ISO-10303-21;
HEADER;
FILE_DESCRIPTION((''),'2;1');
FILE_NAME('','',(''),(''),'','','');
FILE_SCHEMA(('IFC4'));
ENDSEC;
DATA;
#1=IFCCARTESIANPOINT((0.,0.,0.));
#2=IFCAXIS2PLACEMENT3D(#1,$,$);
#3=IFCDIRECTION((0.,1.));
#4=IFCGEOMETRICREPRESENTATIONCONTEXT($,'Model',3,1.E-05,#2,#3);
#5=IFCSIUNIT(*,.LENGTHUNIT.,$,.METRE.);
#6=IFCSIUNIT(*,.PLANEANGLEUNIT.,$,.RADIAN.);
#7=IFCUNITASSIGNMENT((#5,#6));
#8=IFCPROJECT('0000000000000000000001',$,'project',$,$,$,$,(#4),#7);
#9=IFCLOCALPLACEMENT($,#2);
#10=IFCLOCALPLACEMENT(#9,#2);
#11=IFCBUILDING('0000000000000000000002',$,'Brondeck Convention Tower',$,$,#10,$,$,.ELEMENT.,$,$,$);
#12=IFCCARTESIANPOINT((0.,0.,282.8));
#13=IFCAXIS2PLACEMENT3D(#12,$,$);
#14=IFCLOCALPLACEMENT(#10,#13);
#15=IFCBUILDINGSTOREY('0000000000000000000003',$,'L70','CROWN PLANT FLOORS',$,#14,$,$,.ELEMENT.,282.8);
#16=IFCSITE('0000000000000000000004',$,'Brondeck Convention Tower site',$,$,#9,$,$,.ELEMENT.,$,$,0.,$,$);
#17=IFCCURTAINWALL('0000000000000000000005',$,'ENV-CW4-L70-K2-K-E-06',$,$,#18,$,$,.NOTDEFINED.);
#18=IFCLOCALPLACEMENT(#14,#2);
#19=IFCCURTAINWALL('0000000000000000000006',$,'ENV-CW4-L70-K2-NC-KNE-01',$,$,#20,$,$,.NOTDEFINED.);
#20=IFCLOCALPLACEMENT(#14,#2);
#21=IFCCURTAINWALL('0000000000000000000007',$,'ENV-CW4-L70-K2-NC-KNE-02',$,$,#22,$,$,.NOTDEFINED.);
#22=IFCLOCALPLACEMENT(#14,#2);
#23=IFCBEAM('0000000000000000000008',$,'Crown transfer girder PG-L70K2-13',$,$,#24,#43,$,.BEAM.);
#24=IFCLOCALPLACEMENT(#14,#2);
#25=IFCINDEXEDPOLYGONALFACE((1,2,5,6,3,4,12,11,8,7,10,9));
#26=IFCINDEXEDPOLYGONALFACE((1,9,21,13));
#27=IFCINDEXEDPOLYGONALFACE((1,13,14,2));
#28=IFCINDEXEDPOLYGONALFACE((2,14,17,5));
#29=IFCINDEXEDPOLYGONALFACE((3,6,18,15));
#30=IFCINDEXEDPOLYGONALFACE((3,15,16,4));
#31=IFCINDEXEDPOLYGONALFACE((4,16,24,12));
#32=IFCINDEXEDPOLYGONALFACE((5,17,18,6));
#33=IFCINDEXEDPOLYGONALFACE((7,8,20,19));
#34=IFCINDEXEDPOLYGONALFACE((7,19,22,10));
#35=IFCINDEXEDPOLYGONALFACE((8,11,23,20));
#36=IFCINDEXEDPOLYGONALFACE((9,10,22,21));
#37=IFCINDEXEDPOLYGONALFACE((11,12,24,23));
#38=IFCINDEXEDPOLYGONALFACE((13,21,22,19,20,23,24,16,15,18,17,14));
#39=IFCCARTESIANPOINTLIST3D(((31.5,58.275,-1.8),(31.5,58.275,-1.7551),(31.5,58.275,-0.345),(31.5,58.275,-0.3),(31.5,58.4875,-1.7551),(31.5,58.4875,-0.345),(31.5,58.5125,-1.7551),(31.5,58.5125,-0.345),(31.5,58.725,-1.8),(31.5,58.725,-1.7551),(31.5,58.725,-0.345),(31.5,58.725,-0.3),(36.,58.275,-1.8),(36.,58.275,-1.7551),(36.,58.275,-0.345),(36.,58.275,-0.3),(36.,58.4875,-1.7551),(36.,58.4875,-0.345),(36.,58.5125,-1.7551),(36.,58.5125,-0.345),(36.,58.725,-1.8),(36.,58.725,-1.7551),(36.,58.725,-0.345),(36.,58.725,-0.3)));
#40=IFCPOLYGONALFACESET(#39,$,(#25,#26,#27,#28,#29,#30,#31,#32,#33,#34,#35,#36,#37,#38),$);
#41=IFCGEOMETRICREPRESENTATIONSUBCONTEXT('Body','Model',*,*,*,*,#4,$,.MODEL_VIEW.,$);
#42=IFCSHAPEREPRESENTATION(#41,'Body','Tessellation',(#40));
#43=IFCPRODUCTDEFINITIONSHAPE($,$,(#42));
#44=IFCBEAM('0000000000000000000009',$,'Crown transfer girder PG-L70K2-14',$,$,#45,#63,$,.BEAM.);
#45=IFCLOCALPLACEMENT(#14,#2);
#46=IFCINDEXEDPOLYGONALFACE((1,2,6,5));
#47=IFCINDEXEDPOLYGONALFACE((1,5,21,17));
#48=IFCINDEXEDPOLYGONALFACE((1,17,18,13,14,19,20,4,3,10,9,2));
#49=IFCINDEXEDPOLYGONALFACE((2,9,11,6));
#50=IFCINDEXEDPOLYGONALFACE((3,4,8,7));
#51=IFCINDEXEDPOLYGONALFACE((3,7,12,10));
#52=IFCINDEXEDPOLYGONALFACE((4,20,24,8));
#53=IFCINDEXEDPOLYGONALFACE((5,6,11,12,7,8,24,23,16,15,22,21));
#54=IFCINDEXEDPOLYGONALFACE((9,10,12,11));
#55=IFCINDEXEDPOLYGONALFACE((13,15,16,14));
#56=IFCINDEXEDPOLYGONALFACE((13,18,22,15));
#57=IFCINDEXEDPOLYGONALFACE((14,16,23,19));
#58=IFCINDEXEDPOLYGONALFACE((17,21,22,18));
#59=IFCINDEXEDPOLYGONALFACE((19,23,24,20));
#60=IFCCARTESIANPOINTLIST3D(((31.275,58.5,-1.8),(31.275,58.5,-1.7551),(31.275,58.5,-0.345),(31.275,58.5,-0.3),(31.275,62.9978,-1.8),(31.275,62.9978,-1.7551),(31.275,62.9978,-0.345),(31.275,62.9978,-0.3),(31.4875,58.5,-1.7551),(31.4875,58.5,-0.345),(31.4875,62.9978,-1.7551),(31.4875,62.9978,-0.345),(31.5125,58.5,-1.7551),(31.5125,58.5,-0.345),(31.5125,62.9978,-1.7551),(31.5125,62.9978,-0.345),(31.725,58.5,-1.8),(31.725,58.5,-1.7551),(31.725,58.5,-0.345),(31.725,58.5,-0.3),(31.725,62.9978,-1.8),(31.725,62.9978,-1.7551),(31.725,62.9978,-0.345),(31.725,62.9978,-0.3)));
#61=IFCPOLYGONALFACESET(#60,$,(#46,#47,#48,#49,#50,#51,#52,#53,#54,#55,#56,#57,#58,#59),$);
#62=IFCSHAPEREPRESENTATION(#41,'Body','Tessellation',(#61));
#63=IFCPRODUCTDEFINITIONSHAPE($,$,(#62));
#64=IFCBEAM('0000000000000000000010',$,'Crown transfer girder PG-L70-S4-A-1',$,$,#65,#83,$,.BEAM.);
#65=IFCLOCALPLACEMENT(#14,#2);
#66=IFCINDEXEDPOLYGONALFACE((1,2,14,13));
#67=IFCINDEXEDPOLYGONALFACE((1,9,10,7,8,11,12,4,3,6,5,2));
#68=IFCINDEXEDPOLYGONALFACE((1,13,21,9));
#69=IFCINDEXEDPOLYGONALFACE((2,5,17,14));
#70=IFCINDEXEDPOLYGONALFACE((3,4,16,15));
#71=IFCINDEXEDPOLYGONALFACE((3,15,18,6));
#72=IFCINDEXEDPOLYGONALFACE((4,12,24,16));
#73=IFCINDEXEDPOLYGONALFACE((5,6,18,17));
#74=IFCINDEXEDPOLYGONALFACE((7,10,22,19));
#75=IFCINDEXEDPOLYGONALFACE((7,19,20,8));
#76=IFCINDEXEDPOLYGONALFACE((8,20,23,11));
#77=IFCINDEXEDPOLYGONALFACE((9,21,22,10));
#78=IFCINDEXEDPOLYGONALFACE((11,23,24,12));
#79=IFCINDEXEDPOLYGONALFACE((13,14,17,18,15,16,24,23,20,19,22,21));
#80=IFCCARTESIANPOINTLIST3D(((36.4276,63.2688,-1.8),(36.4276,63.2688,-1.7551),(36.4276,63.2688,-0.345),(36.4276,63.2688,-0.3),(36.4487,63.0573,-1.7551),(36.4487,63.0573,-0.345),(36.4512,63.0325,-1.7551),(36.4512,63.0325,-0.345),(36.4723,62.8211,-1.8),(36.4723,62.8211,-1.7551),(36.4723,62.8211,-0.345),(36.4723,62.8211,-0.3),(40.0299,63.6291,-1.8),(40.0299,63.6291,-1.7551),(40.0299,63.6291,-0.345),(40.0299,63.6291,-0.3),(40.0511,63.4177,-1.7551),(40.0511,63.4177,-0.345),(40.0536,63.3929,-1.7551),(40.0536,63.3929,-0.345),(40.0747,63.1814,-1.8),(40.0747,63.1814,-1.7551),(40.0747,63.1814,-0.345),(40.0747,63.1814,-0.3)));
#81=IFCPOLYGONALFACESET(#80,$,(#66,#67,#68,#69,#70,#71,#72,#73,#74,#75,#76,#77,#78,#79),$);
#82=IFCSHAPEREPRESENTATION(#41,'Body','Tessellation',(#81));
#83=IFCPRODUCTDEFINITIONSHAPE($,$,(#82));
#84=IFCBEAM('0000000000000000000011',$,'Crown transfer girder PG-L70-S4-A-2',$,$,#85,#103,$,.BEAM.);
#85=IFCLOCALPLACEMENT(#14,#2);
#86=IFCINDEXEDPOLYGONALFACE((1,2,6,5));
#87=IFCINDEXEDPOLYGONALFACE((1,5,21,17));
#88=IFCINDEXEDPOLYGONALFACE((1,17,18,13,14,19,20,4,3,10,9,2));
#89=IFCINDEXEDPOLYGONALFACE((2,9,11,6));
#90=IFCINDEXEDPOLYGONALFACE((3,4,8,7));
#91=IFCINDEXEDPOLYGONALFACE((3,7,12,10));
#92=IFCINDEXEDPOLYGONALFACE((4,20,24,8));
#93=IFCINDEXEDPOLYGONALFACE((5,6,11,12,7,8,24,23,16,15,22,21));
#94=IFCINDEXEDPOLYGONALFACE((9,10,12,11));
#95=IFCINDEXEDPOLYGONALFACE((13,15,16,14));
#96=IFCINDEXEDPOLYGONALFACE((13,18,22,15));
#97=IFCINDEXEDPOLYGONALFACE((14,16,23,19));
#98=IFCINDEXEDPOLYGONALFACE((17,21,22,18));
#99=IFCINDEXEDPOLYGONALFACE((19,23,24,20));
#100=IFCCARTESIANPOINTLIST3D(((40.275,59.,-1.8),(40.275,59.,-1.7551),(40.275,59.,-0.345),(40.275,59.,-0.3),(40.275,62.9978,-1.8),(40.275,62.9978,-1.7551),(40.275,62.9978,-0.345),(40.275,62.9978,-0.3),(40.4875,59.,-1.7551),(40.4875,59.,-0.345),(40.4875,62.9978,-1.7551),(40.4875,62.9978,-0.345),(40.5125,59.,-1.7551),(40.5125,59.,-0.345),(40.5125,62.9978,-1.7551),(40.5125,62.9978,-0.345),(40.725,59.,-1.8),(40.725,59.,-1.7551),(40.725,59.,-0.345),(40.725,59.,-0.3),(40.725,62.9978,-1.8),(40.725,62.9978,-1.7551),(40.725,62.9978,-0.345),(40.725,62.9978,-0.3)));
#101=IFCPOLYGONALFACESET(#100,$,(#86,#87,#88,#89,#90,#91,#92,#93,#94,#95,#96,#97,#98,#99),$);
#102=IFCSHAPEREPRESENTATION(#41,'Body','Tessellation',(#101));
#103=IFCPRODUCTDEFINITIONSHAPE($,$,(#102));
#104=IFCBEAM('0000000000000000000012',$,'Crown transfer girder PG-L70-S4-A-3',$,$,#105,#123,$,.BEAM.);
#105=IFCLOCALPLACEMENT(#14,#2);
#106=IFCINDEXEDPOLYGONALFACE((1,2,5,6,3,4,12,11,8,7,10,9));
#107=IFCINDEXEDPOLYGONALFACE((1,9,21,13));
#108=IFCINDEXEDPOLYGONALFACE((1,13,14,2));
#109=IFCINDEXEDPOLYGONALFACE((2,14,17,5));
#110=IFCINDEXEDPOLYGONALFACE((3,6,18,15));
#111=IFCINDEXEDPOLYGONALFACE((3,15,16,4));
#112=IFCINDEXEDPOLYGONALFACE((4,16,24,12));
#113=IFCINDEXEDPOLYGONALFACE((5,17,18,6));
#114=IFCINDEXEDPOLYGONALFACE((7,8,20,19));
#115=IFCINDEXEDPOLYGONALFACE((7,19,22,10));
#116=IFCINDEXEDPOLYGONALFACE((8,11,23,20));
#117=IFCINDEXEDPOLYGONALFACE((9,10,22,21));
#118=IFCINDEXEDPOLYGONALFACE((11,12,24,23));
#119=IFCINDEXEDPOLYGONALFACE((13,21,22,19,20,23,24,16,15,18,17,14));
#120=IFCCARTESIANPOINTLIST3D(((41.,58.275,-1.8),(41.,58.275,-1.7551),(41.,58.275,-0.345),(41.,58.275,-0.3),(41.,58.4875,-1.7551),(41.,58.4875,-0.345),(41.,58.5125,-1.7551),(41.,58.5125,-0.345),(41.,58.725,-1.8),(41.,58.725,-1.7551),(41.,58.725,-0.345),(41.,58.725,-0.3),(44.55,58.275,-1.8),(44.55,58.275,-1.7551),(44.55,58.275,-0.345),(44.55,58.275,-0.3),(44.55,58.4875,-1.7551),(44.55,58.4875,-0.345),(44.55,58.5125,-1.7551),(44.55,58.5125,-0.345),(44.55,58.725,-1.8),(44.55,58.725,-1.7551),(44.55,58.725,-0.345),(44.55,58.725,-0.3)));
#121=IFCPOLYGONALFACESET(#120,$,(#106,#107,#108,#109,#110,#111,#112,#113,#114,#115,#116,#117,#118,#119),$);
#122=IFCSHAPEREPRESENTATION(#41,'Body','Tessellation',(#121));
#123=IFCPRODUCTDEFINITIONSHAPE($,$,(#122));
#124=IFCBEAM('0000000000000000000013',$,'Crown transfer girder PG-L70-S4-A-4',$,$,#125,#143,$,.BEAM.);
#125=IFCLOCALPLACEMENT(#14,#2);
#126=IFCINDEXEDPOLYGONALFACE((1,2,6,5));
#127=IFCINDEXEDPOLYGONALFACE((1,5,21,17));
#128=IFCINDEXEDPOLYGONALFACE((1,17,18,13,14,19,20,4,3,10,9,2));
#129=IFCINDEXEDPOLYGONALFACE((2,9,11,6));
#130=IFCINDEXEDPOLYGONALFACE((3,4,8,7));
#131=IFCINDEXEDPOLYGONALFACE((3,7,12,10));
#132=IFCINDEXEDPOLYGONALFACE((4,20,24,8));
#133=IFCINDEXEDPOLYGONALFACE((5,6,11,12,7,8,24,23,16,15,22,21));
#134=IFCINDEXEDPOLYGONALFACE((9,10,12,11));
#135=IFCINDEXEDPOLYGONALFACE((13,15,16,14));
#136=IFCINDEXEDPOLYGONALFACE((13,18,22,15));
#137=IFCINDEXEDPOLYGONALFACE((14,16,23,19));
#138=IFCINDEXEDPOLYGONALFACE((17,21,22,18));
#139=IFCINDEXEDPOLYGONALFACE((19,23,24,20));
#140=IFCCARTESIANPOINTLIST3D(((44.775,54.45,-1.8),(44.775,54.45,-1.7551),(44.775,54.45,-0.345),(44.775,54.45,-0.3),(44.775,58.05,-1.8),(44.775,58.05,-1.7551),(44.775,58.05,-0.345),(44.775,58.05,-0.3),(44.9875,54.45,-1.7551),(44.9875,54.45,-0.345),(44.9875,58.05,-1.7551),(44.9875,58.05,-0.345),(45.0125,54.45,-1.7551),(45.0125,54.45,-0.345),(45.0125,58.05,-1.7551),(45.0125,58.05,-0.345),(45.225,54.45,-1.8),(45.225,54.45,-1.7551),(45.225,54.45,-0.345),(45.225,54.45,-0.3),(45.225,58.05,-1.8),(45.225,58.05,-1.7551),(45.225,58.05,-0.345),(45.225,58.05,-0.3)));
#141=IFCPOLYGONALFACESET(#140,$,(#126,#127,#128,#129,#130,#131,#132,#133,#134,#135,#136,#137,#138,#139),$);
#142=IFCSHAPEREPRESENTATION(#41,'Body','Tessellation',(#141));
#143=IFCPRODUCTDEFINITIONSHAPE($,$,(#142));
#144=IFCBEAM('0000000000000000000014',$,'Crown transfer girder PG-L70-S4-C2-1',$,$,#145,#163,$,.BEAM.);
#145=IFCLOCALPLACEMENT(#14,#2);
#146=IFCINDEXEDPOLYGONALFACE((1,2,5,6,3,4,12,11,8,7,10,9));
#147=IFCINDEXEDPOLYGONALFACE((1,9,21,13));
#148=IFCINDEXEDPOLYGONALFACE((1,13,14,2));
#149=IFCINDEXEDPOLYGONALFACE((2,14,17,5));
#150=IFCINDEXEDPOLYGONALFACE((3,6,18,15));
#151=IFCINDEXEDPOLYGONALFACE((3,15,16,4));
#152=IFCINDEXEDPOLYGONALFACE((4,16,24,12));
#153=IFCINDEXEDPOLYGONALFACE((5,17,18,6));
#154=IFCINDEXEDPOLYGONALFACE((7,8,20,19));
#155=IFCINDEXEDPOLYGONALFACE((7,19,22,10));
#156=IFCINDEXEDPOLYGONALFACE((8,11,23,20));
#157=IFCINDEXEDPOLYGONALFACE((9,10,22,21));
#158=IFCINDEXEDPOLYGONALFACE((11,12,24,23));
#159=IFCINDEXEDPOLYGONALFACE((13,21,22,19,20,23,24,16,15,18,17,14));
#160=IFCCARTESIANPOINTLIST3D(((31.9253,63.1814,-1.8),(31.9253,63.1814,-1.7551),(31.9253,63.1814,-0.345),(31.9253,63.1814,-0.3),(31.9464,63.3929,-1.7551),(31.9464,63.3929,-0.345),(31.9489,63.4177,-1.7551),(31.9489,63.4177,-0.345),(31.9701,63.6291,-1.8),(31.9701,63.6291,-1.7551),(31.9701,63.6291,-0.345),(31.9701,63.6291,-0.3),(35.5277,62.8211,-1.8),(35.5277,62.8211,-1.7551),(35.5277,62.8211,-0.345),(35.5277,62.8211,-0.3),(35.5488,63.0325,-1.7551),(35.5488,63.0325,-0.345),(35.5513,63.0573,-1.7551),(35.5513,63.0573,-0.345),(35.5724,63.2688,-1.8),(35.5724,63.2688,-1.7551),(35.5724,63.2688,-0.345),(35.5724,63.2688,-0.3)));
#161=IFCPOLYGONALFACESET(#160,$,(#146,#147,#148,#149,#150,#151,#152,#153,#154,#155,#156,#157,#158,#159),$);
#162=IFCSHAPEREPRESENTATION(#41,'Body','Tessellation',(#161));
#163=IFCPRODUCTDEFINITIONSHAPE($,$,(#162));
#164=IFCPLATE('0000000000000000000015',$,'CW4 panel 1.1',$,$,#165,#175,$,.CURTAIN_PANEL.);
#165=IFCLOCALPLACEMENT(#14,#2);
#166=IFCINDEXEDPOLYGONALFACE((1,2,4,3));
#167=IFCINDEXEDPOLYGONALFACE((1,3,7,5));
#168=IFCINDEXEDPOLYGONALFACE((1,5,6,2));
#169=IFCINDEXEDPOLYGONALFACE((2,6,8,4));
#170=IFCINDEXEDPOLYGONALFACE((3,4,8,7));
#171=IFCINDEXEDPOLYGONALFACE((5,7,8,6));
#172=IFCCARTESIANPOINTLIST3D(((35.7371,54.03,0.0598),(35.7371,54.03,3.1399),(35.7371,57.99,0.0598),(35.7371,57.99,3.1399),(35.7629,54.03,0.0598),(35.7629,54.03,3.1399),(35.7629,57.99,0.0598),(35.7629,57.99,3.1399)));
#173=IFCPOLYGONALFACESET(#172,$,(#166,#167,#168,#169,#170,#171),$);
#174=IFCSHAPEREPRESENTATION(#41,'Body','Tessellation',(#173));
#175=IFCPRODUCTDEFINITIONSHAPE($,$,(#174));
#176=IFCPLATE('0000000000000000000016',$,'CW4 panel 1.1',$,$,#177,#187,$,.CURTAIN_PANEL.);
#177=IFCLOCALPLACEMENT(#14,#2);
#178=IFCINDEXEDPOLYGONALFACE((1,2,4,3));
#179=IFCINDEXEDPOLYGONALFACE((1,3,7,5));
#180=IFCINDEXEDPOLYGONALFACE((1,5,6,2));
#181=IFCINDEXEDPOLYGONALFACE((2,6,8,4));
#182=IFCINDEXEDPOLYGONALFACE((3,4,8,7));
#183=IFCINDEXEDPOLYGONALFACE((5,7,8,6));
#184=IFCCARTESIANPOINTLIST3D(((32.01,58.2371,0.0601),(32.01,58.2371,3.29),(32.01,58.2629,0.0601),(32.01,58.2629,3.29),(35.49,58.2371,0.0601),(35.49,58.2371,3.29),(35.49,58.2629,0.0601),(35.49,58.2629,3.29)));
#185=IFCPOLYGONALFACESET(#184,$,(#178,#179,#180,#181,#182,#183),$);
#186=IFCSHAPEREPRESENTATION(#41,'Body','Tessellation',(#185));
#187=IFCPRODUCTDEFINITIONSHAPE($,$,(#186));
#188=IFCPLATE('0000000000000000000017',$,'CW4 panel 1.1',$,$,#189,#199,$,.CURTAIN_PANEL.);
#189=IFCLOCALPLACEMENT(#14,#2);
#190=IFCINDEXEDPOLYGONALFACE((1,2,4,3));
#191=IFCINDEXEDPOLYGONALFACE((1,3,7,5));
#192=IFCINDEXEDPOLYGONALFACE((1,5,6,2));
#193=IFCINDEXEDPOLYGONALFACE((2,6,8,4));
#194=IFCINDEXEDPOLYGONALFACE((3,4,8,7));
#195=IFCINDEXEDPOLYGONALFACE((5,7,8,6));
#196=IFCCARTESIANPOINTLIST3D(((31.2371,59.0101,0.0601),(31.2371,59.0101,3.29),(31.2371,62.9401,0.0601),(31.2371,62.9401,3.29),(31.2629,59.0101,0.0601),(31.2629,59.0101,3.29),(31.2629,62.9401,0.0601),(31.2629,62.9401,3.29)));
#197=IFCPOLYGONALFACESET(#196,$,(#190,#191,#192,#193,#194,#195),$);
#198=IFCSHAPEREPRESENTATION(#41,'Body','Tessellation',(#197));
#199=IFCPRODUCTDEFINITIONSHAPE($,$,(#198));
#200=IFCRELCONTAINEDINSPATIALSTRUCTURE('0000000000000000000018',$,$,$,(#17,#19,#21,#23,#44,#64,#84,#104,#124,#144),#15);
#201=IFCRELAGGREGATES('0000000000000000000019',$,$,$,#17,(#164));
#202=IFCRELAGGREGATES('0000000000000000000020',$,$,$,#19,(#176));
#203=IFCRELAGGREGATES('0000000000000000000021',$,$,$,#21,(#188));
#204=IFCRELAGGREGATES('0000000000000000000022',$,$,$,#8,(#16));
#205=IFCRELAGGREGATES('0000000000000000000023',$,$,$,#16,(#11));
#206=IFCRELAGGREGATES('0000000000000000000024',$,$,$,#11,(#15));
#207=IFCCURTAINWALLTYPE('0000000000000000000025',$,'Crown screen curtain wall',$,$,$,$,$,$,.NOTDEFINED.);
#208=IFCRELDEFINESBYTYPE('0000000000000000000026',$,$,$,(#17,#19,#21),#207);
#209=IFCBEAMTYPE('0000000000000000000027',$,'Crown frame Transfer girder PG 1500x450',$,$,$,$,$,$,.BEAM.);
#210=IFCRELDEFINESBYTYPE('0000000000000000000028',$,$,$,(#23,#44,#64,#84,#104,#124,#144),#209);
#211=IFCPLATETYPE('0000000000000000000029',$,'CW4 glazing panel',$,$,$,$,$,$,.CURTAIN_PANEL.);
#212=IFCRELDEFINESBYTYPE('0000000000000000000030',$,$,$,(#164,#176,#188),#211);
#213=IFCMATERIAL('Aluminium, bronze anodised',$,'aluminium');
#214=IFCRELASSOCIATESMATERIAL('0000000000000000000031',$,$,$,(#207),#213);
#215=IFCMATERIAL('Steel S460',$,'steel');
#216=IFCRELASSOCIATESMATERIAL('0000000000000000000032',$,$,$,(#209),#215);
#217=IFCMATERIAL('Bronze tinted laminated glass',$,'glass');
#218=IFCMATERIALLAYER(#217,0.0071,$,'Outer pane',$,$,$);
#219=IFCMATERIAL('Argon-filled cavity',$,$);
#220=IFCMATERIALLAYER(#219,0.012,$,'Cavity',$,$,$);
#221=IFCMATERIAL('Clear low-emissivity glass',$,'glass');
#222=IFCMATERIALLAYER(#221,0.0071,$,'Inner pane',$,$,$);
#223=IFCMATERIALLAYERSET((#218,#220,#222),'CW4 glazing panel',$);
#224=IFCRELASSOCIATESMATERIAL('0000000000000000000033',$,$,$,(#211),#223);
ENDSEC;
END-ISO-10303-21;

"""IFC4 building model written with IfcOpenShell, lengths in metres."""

from ifc_helpers import new_model, si_unit, direction, frame, origin, origin_2d, place, context, subcontext, project, spatial, rectangle, i_section, extrude, material, layer, layer_set, material_profile, profile_set, type_object, element, aggregate, save


model = new_model("IFC4")

# Units and contexts
model_context = context("Model", 3, precision=1e-05, world=origin(), true_north=direction((0.0, 1.0)))
body_context = subcontext(model_context, "Body", "Model", "MODEL_VIEW")
ifc_project = project(units=[si_unit("LENGTHUNIT", "METRE"), si_unit("PLANEANGLEUNIT", "RADIAN")], contexts=[model_context])

# Site, building, storey
site_placement = place(None, origin())
site = spatial("IfcSite", under=ifc_project, at=site_placement, Name="Brondeck Convention Tower site", CompositionType="ELEMENT", RefElevation=0.0)
building_placement = place(site_placement, origin())
building = spatial("IfcBuilding", under=site, at=building_placement, Name="Brondeck Convention Tower", CompositionType="ELEMENT")
storey_placement = place(building_placement, frame((0.0, 0.0, 282.8)))
storey = spatial("IfcBuildingStorey", under=building, at=storey_placement, Name="L70", Description="CROWN PLANT FLOORS", CompositionType="ELEMENT", Elevation=282.8)

# Curtain walls
ifc_material_1 = material(Name="Aluminium, bronze anodised", Category="aluminium")
curtain_wall_type = type_object("IfcCurtainWallType", Name="Crown screen curtain wall", PredefinedType="NOTDEFINED", material=ifc_material_1)
curtain_wall_1_placement = place(storey_placement, origin())
curtain_wall_1 = element("IfcCurtainWall", 1, at=curtain_wall_1_placement, inside=storey, type_object=curtain_wall_type, Name="ENV-CW4-L70-K2-K-E-06", PredefinedType="NOTDEFINED")
curtain_wall_2_placement = place(storey_placement, origin())
curtain_wall_2 = element("IfcCurtainWall", 2, at=curtain_wall_2_placement, inside=storey, type_object=curtain_wall_type, Name="ENV-CW4-L70-K2-NC-KNE-01", PredefinedType="NOTDEFINED")

# Curtain wall
curtain_wall_3_placement = place(storey_placement, origin())
curtain_wall_3 = element("IfcCurtainWall", 3, at=curtain_wall_3_placement, inside=storey, type_object=curtain_wall_type, Name="ENV-CW4-L70-K2-NC-KNE-02", PredefinedType="NOTDEFINED")

# Beams
ifc_material_2 = material(Name="Steel S460", Category="steel")
ifc_material_profile_1 = material_profile(ifc_material_2, i_section(OverallWidth=0.45, OverallDepth=1.5, WebThickness=0.0249, FlangeThickness=0.0449, at=origin_2d()), Name="PG 1500x450")
ifc_profile_set_1 = profile_set([ifc_material_profile_1], Name="Steel S460")
beam_type = type_object("IfcBeamType", Name="Crown frame Transfer girder PG 1500x450", PredefinedType="BEAM", material=ifc_profile_set_1)
beam_1_placement = place(storey_placement, frame((36.0, 58.5, -1.05), z_axis=(-1.0, 0.0, 0.0), x_axis=(0.0, -1.0, 0.0)))
element("IfcBeam", 4, at=beam_1_placement, inside=storey, type_object=beam_type, Name="Crown transfer girder PG-L70K2-13", PredefinedType="BEAM", context=body_context, shape_type="SweptSolid", body=[
    extrude(i_section(OverallWidth=0.45, OverallDepth=1.5, WebThickness=0.0249, FlangeThickness=0.0449, at=origin_2d()), origin(), (0.0, 0.0, 1.0), 4.5),
])
beam_2_placement = place(storey_placement, frame((31.5, 58.5, -1.05), z_axis=(0.0, 1.0, 0.0), x_axis=(-1.0, 0.0, 0.0)))
element("IfcBeam", 5, at=beam_2_placement, inside=storey, type_object=beam_type, Name="Crown transfer girder PG-L70K2-14", PredefinedType="BEAM", context=body_context, shape_type="SweptSolid", body=[
    extrude(i_section(OverallWidth=0.45, OverallDepth=1.5, WebThickness=0.0249, FlangeThickness=0.0449, at=origin_2d()), origin(), (0.0, 0.0, 1.0), 4.4978),
])
beam_3_placement = place(storey_placement, frame((36.45, 63.0449, -1.05), z_axis=(0.995034, 0.099537, 0.0), x_axis=(-0.099537, 0.995034, 0.0)))
element("IfcBeam", 6, at=beam_3_placement, inside=storey, type_object=beam_type, Name="Crown transfer girder PG-L70-S4-A-1", PredefinedType="BEAM", context=body_context, shape_type="SweptSolid", body=[
    extrude(i_section(OverallWidth=0.45, OverallDepth=1.5, WebThickness=0.0249, FlangeThickness=0.0449, at=origin_2d()), origin(), (0.0, 0.0, 1.0), 3.6204),
])
beam_4_placement = place(storey_placement, frame((40.5, 62.9978, -1.05), z_axis=(0.0, -1.0, 0.0), x_axis=(1.0, 0.0, 0.0)))
element("IfcBeam", 7, at=beam_4_placement, inside=storey, type_object=beam_type, Name="Crown transfer girder PG-L70-S4-A-2", PredefinedType="BEAM", context=body_context, shape_type="SweptSolid", body=[
    extrude(i_section(OverallWidth=0.45, OverallDepth=1.5, WebThickness=0.0249, FlangeThickness=0.0449, at=origin_2d()), origin(), (0.0, 0.0, 1.0), 3.9978),
])
beam_5_placement = place(storey_placement, frame((41.0, 58.5, -1.05), z_axis=(1.0, 0.0, 0.0), x_axis=(0.0, 1.0, 0.0)))
element("IfcBeam", 8, at=beam_5_placement, inside=storey, type_object=beam_type, Name="Crown transfer girder PG-L70-S4-A-3", PredefinedType="BEAM", context=body_context, shape_type="SweptSolid", body=[
    extrude(i_section(OverallWidth=0.45, OverallDepth=1.5, WebThickness=0.0249, FlangeThickness=0.0449, at=origin_2d()), origin(), (0.0, 0.0, 1.0), 3.55),
])
beam_6_placement = place(storey_placement, frame((45.0, 58.05, -1.05), z_axis=(0.0, -1.0, 0.0), x_axis=(1.0, 0.0, 0.0)))
element("IfcBeam", 9, at=beam_6_placement, inside=storey, type_object=beam_type, Name="Crown transfer girder PG-L70-S4-A-4", PredefinedType="BEAM", context=body_context, shape_type="SweptSolid", body=[
    extrude(i_section(OverallWidth=0.45, OverallDepth=1.5, WebThickness=0.0249, FlangeThickness=0.0449, at=origin_2d()), origin(), (0.0, 0.0, 1.0), 3.6001),
])
beam_7_placement = place(storey_placement, frame((35.55, 63.0449, -1.05), z_axis=(-0.995034, 0.099537, 0.0), x_axis=(-0.099537, -0.995034, 0.0)))
element("IfcBeam", 10, at=beam_7_placement, inside=storey, type_object=beam_type, Name="Crown transfer girder PG-L70-S4-C2-1", PredefinedType="BEAM", context=body_context, shape_type="SweptSolid", body=[
    extrude(i_section(OverallWidth=0.45, OverallDepth=1.5, WebThickness=0.0249, FlangeThickness=0.0449, at=origin_2d()), origin(), (0.0, 0.0, 1.0), 3.6204),
])

# Plates
ifc_material_3 = material(Name="Bronze tinted laminated glass", Category="glass")
ifc_layer_1 = layer(ifc_material_3, 0.0071, Name="Outer pane")
ifc_material_4 = material(Name="Argon-filled cavity")
ifc_layer_2 = layer(ifc_material_4, 0.012, Name="Cavity")
ifc_material_5 = material(Name="Clear low-emissivity glass", Category="glass")
ifc_layer_3 = layer(ifc_material_5, 0.0071, Name="Inner pane")
ifc_layer_set_1 = layer_set([ifc_layer_1, ifc_layer_2, ifc_layer_3], Name="CW4 glazing panel")
plate_type = type_object("IfcPlateType", Name="CW4 glazing panel", PredefinedType="CURTAIN_PANEL", material=ifc_layer_set_1)
plate_1_placement = place(storey_placement, frame((35.75, 56.01, 0.0598), z_axis=(0.0, 0.0, 1.0), x_axis=(0.0, -1.0, 0.0)))
plate_1 = element("IfcPlate", 11, at=plate_1_placement, type_object=plate_type, Name="CW4 panel 1.1", PredefinedType="CURTAIN_PANEL", context=body_context, shape_type="SweptSolid", body=[
    extrude(rectangle(XDim=3.96, YDim=0.0259, at=origin_2d()), origin(), (0.0, 0.0, 1.0), 3.0801),
])
aggregate(curtain_wall_1, [plate_1])
plate_2_placement = place(storey_placement, frame((33.75, 58.25, 0.0601), z_axis=(0.0, 0.0, 1.0), x_axis=(1.0, 0.0, 0.0)))
plate_2 = element("IfcPlate", 12, at=plate_2_placement, type_object=plate_type, Name="CW4 panel 1.1", PredefinedType="CURTAIN_PANEL", context=body_context, shape_type="SweptSolid", body=[
    extrude(rectangle(XDim=3.48, YDim=0.0259, at=origin_2d()), origin(), (0.0, 0.0, 1.0), 3.23),
])
aggregate(curtain_wall_2, [plate_2])
plate_3_placement = place(storey_placement, frame((31.25, 60.9751, 0.0601), z_axis=(0.0, 0.0, 1.0), x_axis=(0.0, -1.0, 0.0)))
plate_3 = element("IfcPlate", 13, at=plate_3_placement, type_object=plate_type, Name="CW4 panel 1.1", PredefinedType="CURTAIN_PANEL", context=body_context, shape_type="SweptSolid", body=[
    extrude(rectangle(XDim=3.9299, YDim=0.0259, at=origin_2d()), origin(), (0.0, 0.0, 1.0), 3.23),
])
aggregate(curtain_wall_3, [plate_3])

save(model, "model.ifc")
